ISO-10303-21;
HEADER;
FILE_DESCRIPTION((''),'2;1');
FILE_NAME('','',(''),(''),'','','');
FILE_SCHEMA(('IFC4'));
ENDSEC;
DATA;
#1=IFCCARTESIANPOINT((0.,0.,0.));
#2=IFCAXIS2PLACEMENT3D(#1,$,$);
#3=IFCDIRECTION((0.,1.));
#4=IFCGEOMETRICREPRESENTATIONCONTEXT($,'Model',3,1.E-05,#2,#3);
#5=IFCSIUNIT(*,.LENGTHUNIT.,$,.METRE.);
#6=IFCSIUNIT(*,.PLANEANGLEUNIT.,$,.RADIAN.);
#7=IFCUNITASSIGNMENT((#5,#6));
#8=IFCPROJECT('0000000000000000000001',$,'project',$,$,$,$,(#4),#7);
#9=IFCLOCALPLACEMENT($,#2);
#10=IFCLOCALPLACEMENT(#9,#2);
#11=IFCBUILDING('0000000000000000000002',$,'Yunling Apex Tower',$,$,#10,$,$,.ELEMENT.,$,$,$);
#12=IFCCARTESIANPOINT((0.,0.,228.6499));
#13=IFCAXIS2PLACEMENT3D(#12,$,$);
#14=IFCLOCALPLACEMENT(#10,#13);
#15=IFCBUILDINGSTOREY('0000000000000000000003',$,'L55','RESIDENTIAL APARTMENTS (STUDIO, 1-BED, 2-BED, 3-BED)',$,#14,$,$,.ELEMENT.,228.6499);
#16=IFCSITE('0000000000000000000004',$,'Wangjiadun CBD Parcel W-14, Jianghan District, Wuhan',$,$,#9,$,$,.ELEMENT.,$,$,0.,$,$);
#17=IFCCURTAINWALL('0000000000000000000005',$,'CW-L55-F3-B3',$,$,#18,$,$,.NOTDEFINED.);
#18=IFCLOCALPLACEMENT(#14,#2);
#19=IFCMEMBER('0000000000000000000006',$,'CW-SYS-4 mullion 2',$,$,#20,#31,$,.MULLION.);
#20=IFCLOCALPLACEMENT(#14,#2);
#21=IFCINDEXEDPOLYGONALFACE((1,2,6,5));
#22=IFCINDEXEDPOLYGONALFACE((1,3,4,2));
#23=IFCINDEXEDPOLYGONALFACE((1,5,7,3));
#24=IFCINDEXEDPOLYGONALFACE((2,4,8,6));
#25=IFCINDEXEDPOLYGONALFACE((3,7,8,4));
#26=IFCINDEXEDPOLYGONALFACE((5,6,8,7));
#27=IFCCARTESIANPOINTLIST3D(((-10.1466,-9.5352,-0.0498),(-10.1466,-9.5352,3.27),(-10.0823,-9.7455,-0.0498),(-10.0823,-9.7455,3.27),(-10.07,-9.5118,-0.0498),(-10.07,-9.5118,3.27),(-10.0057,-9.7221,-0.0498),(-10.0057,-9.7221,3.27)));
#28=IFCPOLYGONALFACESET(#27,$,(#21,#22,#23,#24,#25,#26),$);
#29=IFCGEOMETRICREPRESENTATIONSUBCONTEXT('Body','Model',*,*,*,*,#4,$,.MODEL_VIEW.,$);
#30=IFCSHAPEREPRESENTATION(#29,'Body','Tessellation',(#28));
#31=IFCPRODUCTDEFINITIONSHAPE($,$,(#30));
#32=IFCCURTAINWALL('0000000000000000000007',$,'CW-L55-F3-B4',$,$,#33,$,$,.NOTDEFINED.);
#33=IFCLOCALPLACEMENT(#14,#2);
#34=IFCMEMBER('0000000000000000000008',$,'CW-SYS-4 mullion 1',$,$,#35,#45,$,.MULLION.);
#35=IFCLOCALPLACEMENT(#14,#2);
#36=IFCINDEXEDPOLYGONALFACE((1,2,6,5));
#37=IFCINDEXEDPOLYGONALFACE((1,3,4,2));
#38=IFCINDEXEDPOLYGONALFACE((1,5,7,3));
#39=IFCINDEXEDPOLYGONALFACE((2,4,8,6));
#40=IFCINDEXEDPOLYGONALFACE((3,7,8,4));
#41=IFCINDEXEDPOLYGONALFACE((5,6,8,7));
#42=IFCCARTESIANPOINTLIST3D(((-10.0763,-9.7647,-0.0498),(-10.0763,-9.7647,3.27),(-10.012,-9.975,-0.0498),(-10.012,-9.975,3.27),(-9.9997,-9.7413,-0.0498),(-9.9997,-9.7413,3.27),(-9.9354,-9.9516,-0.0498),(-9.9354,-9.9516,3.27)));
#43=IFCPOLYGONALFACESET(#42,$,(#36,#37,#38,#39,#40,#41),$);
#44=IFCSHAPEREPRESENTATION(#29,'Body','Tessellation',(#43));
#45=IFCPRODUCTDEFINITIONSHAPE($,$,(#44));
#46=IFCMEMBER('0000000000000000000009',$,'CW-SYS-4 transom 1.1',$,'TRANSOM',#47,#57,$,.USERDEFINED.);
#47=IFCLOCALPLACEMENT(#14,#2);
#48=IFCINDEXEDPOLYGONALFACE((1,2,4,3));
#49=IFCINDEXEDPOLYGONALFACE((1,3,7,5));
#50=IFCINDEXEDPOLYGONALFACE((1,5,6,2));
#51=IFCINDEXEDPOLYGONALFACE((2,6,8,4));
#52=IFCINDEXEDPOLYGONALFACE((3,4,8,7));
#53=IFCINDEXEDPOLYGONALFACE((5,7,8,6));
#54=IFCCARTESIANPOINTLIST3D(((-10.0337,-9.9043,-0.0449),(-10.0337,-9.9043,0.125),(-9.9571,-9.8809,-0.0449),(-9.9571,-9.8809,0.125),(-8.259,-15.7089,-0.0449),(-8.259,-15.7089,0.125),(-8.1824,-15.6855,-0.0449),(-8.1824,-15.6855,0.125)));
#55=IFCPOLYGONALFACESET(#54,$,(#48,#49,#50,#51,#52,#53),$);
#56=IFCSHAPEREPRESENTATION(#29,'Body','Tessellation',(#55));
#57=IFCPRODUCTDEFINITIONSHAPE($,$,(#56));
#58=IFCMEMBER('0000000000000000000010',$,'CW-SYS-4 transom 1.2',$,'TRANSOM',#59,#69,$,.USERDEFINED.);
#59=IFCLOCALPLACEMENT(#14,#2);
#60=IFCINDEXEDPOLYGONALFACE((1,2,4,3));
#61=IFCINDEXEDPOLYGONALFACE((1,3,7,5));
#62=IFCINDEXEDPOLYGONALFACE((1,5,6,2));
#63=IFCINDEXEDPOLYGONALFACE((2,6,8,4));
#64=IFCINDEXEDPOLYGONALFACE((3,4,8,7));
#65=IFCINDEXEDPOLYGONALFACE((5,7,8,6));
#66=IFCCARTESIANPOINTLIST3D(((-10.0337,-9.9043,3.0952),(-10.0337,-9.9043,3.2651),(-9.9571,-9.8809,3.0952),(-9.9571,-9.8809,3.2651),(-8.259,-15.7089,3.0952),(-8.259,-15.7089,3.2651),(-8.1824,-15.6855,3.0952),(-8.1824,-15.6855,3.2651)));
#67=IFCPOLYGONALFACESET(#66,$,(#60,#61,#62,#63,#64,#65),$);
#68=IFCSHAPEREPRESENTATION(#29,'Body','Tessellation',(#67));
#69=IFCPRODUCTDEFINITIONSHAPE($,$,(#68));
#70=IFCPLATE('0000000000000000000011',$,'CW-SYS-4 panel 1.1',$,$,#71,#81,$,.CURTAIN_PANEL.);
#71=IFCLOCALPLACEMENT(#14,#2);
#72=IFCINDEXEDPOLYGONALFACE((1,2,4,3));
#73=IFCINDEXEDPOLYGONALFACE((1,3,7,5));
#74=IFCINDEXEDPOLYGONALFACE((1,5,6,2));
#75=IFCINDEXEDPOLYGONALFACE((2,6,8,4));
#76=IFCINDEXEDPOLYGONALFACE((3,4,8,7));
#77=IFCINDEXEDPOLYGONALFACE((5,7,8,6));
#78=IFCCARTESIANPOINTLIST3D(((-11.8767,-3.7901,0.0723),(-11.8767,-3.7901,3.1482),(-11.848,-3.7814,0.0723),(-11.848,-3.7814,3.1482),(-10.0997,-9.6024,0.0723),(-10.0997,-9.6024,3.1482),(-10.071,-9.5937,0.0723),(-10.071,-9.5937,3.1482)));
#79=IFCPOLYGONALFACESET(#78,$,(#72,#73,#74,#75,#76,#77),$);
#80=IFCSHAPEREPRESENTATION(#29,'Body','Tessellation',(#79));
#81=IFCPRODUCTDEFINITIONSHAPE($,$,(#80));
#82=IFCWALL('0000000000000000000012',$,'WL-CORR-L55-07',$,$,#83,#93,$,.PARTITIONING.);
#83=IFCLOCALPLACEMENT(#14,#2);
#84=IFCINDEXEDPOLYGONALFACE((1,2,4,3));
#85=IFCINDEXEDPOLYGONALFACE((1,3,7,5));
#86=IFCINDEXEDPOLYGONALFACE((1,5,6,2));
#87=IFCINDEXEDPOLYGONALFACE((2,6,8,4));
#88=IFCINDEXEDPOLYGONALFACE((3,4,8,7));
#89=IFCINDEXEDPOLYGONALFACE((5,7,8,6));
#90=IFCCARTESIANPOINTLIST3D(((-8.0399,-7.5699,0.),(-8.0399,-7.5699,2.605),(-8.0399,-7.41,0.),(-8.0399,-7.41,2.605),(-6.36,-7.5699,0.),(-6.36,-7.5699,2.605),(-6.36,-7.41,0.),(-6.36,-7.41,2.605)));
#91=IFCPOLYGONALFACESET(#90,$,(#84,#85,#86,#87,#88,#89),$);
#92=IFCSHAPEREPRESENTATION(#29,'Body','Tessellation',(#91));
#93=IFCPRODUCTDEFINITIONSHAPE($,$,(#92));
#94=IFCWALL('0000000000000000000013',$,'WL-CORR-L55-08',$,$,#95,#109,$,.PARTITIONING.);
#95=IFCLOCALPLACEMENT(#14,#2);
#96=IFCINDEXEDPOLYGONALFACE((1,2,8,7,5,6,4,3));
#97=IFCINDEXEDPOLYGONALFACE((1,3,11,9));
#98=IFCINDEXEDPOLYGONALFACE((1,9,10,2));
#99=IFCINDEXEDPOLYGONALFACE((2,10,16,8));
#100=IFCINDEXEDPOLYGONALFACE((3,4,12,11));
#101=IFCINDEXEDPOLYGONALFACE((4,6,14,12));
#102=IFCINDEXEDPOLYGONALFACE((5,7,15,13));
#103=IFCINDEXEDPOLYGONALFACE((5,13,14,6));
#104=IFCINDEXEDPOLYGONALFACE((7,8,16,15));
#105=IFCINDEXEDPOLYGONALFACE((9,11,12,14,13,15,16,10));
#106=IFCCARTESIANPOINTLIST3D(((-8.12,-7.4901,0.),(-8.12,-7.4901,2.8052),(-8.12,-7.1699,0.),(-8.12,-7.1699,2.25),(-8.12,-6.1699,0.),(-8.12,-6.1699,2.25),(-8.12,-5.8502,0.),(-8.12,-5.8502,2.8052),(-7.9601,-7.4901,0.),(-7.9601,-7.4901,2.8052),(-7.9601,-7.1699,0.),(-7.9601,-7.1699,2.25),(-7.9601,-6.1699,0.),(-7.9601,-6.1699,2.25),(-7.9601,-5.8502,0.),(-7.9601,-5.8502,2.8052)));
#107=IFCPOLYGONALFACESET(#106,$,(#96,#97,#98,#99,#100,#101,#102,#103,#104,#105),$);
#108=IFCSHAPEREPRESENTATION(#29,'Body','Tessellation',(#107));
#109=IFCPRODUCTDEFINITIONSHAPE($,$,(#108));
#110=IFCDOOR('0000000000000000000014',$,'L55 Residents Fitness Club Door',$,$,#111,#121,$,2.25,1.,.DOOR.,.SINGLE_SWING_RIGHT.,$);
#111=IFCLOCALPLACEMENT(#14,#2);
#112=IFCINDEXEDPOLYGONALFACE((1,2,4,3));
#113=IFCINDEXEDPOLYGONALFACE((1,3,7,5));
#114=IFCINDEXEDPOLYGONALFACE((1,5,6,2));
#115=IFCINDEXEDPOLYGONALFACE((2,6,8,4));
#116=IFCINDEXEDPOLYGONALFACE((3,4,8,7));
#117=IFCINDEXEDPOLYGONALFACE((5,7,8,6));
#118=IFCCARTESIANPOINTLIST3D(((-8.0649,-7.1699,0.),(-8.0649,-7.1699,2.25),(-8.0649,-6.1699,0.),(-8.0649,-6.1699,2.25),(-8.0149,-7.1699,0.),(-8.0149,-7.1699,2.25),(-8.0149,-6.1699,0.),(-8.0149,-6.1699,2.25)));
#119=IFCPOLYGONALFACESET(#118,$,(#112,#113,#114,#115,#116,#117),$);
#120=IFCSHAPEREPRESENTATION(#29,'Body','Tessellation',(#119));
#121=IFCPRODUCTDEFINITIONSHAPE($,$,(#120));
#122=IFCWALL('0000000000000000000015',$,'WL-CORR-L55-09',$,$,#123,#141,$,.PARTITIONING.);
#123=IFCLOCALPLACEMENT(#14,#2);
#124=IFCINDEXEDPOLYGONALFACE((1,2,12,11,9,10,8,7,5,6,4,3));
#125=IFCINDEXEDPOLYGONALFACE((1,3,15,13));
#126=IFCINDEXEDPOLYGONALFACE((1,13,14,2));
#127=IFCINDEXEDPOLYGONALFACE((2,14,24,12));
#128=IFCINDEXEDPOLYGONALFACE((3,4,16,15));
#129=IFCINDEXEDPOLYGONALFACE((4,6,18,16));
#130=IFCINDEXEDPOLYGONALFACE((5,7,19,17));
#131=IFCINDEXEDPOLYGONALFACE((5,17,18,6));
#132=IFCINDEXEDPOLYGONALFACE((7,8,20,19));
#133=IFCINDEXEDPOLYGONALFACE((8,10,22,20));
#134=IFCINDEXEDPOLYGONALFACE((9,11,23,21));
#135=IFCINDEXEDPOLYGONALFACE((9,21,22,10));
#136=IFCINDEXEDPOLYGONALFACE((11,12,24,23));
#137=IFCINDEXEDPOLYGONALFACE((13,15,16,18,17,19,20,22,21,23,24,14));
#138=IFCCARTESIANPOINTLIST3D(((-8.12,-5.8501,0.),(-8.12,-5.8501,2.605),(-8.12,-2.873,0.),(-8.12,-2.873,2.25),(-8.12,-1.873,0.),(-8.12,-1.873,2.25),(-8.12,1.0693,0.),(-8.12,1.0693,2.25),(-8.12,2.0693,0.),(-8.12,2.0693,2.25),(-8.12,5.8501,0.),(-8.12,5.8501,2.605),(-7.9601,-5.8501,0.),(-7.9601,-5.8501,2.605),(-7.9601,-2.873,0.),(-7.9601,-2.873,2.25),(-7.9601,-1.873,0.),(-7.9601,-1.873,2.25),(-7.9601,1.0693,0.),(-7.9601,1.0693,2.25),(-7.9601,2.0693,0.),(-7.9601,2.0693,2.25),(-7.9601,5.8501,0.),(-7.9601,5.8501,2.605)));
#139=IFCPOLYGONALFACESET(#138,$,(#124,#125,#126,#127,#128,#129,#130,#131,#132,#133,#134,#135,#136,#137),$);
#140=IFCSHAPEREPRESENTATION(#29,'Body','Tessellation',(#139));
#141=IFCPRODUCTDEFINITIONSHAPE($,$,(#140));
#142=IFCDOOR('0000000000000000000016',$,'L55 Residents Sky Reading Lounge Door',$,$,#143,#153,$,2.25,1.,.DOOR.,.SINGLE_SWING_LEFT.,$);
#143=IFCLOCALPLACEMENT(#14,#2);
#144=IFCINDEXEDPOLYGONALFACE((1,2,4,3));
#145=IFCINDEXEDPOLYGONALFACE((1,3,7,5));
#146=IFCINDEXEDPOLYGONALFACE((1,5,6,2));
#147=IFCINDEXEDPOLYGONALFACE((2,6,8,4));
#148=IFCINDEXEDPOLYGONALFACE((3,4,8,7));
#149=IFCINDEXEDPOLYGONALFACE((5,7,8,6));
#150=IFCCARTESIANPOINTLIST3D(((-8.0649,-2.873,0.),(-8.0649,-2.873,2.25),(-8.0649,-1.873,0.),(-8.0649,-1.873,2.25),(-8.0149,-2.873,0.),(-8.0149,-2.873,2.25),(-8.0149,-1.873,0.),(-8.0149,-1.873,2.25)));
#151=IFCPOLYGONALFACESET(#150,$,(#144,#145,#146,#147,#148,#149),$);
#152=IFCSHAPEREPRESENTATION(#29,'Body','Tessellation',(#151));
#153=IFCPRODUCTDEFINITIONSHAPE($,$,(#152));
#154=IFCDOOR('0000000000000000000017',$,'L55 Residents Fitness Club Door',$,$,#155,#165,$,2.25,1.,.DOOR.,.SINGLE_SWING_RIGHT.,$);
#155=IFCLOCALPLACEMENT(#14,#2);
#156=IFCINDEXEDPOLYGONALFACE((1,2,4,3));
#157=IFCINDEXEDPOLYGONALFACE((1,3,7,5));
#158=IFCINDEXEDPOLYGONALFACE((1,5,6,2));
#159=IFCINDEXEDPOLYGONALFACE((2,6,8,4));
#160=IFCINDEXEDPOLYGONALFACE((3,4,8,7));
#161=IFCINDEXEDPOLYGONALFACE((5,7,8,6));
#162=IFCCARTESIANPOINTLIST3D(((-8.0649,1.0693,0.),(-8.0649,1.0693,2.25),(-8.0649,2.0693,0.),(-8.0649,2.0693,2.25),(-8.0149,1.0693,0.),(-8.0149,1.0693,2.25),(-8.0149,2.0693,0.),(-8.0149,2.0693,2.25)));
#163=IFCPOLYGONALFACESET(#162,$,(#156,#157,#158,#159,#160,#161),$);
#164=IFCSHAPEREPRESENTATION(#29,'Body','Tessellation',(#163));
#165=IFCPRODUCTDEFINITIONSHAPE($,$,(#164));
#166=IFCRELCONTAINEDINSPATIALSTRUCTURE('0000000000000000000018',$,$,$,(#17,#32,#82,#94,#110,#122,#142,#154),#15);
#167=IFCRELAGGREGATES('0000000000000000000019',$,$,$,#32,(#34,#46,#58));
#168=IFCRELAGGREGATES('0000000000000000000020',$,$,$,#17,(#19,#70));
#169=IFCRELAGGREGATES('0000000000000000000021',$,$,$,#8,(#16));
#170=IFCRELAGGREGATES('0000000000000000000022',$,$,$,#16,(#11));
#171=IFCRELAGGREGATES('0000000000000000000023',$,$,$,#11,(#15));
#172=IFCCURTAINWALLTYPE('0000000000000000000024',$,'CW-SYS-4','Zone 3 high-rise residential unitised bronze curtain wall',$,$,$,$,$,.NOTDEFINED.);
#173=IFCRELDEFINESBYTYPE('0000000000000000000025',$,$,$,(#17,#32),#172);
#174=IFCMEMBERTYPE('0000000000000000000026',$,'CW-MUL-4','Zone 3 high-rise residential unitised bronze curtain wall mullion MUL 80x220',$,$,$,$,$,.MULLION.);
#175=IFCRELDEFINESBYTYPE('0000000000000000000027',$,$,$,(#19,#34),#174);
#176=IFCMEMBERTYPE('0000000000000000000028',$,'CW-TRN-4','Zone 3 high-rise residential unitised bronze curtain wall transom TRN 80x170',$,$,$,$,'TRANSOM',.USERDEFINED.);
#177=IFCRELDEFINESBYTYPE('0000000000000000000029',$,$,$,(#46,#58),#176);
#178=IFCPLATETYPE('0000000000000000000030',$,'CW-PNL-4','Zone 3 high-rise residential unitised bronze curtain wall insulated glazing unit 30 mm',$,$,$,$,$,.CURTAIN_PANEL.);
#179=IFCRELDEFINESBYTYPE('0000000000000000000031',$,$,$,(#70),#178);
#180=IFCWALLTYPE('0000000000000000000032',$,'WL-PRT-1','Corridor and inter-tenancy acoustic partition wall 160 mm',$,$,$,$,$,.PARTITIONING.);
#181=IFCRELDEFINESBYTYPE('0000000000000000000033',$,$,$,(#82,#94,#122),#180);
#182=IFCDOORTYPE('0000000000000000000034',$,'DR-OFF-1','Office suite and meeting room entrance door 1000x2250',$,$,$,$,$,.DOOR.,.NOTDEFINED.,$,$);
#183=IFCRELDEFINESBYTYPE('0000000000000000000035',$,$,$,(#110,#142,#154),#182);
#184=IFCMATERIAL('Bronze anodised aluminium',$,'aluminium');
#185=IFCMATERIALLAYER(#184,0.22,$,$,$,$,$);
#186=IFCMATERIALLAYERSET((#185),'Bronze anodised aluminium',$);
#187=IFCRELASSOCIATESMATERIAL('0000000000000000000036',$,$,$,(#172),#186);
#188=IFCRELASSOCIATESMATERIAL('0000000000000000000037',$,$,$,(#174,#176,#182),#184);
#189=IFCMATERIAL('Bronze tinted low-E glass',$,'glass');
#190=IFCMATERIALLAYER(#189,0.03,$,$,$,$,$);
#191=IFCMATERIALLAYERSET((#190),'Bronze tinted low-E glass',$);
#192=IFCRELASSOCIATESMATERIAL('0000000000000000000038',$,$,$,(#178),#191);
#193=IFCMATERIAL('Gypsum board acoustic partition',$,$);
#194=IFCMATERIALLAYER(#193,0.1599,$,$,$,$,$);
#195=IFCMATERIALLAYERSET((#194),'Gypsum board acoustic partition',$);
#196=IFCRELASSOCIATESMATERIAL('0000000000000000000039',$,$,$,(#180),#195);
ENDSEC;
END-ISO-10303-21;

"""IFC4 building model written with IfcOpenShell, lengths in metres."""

from ifc_helpers import new_model, si_unit, direction, frame, frame_2d, origin, origin_2d, place, context, subcontext, project, spatial, rectangle, extrude, source, transform, mapped, material, layer, layer_set, material_profile, profile_set, type_object, element, fill, aggregate, save


model = new_model("IFC4")

# Units and contexts
model_context = context("Model", 3, precision=1e-05, world=origin(), true_north=direction((0.0, 1.0)))
body_context = subcontext(model_context, "Body", "Model", "MODEL_VIEW")
ifc_project = project(units=[si_unit("LENGTHUNIT", "METRE"), si_unit("PLANEANGLEUNIT", "RADIAN")], contexts=[model_context])

# Site, building, storey
site_placement = place(None, origin())
site = spatial("IfcSite", under=ifc_project, at=site_placement, Name="Wangjiadun CBD Parcel W-14, Jianghan District, Wuhan", CompositionType="ELEMENT", RefElevation=0.0)
building_placement = place(site_placement, origin())
building = spatial("IfcBuilding", under=site, at=building_placement, Name="Yunling Apex Tower", CompositionType="ELEMENT")
storey_placement = place(building_placement, frame((0.0, 0.0, 228.6499)))
storey = spatial("IfcBuildingStorey", under=building, at=storey_placement, Name="L55", Description="RESIDENTIAL APARTMENTS (STUDIO, 1-BED, 2-BED, 3-BED)", CompositionType="ELEMENT", Elevation=228.6499)

# Curtain wall, member
ifc_material_1 = material(Name="Bronze anodised aluminium", Category="aluminium")
ifc_layer_1 = layer(ifc_material_1, 0.22)
ifc_layer_set_1 = layer_set([ifc_layer_1], Name="Bronze anodised aluminium")
curtain_wall_type = type_object("IfcCurtainWallType", Name="CW-SYS-4", Description="Zone 3 high-rise residential unitised bronze curtain wall", PredefinedType="NOTDEFINED", material=ifc_layer_set_1)
curtain_wall_1_placement = place(storey_placement, origin())
curtain_wall_1 = element("IfcCurtainWall", 1, at=curtain_wall_1_placement, inside=storey, type_object=curtain_wall_type, Name="CW-L55-F3-B3", PredefinedType="NOTDEFINED")
ifc_material_profile_1 = material_profile(ifc_material_1, rectangle(XDim=0.0801, YDim=0.22, at=origin_2d()))
ifc_profile_set_1 = profile_set([ifc_material_profile_1], Name="Bronze anodised aluminium")
member_type_1 = type_object("IfcMemberType", Name="CW-MUL-4", Description="Zone 3 high-rise residential unitised bronze curtain wall mullion MUL 80x220", PredefinedType="MULLION", material=ifc_profile_set_1)
shared_shape_1 = source(origin(), body_context, "Body", "SweptSolid", [
    extrude(rectangle(XDim=0.0801, YDim=0.22, at=origin_2d()), origin(), (0.0, 0.0, 1.0), 3.3198),
])
member_1_placement = place(storey_placement, frame((-10.0762, -9.6287, -0.0498), z_axis=(0.0, 0.0, 1.0), x_axis=(0.956305, 0.292372, 0.0)))
member_1 = element("IfcMember", 2, at=member_1_placement, type_object=member_type_1, Name="CW-SYS-4 mullion 2", PredefinedType="MULLION", context=body_context, shape_type="MappedRepresentation", body=[
    mapped(shared_shape_1, transform((0.0, 0.0, 0.0), scale=1.0)),
])

# Curtain wall, members
curtain_wall_2_placement = place(storey_placement, origin())
curtain_wall_2 = element("IfcCurtainWall", 3, at=curtain_wall_2_placement, inside=storey, type_object=curtain_wall_type, Name="CW-L55-F3-B4", PredefinedType="NOTDEFINED")
member_2_placement = place(storey_placement, frame((-10.0059, -9.8582, -0.0498), z_axis=(0.0, 0.0, 1.0), x_axis=(0.956305, 0.292372, 0.0)))
member_2 = element("IfcMember", 4, at=member_2_placement, type_object=member_type_1, Name="CW-SYS-4 mullion 1", PredefinedType="MULLION", context=body_context, shape_type="MappedRepresentation", body=[
    mapped(shared_shape_1, transform((0.0, 0.0, 0.0), scale=1.0)),
])
ifc_material_profile_2 = material_profile(ifc_material_1, rectangle(XDim=0.0801, YDim=0.1699, at=origin_2d()))
ifc_profile_set_2 = profile_set([ifc_material_profile_2], Name="Bronze anodised aluminium")
member_type_2 = type_object("IfcMemberType", Name="CW-TRN-4", Description="Zone 3 high-rise residential unitised bronze curtain wall transom TRN 80x170", ElementType="TRANSOM", PredefinedType="USERDEFINED", material=ifc_profile_set_2)
shared_shape_2 = source(origin(), body_context, "Body", "SweptSolid", [
    extrude(rectangle(XDim=0.0801, YDim=0.1699, at=origin_2d()), origin(), (0.0, 0.0, 1.0), 6.0698),
])
member_3_placement = place(storey_placement, frame((-9.9954, -9.8926, 0.04), z_axis=(0.29237, -0.956305, 0.0), x_axis=(0.956305, 0.29237, 0.0)))
member_3 = element("IfcMember", 5, at=member_3_placement, type_object=member_type_2, Name="CW-SYS-4 transom 1.1", ObjectType="TRANSOM", PredefinedType="USERDEFINED", context=body_context, shape_type="MappedRepresentation", body=[
    mapped(shared_shape_2, transform((0.0, 0.0, 0.0), scale=1.0)),
])
member_4_placement = place(storey_placement, frame((-9.9954, -9.8926, 3.1802), z_axis=(0.29237, -0.956305, 0.0), x_axis=(0.956305, 0.29237, 0.0)))
member_4 = element("IfcMember", 6, at=member_4_placement, type_object=member_type_2, Name="CW-SYS-4 transom 1.2", ObjectType="TRANSOM", PredefinedType="USERDEFINED", context=body_context, shape_type="MappedRepresentation", body=[
    mapped(shared_shape_2, transform((0.0, 0.0, 0.0), scale=1.0)),
])
aggregate(curtain_wall_2, [member_2, member_3, member_4])

# Plate
ifc_material_2 = material(Name="Bronze tinted low-E glass", Category="glass")
ifc_layer_2 = layer(ifc_material_2, 0.03)
ifc_layer_set_2 = layer_set([ifc_layer_2], Name="Bronze tinted low-E glass")
plate_type = type_object("IfcPlateType", Name="CW-PNL-4", Description="Zone 3 high-rise residential unitised bronze curtain wall insulated glazing unit 30 mm", PredefinedType="CURTAIN_PANEL", material=ifc_layer_set_2)
shared_shape_3 = source(origin(), body_context, "Body", "SweptSolid", [
    extrude(rectangle(XDim=6.0779, YDim=0.03, at=origin_2d()), origin(), (0.0, 0.0, 1.0), 3.0759),
])
plate_placement = place(storey_placement, frame((-10.9739, -6.6919, 0.0723), z_axis=(0.0, 0.0, 1.0), x_axis=(0.292372, -0.956305, 0.0)))
plate = element("IfcPlate", 7, at=plate_placement, type_object=plate_type, Name="CW-SYS-4 panel 1.1", PredefinedType="CURTAIN_PANEL", context=body_context, shape_type="MappedRepresentation", body=[
    mapped(shared_shape_3, transform((0.0, 0.0, 0.0), scale=1.0)),
])
aggregate(curtain_wall_1, [member_1, plate])

# Wall
ifc_material_3 = material(Name="Gypsum board acoustic partition")
ifc_layer_3 = layer(ifc_material_3, 0.1599)
ifc_layer_set_3 = layer_set([ifc_layer_3], Name="Gypsum board acoustic partition")
wall_type_1 = type_object("IfcWallType", Name="WL-PRT-1", Description="Corridor and inter-tenancy acoustic partition wall 160 mm", PredefinedType="PARTITIONING", material=ifc_layer_set_3)
wall_1_placement = place(storey_placement, frame((-6.3601, -7.49, 0.0), z_axis=(0.0, 0.0, 1.0), x_axis=(-1.0, 0.0, 0.0)))
element("IfcWall", 8, at=wall_1_placement, inside=storey, type_object=wall_type_1, Name="WL-CORR-L55-07", PredefinedType="PARTITIONING", context=body_context, shape_type="SweptSolid", body=[
    extrude(rectangle(XDim=1.6799, YDim=0.1599, at=frame_2d((0.8398, 0.0))), origin(), (0.0, 0.0, 1.0), 2.605),
])

# Wall, opening, door
wall_2_placement = place(storey_placement, frame((-8.04, -7.49, 0.0), z_axis=(0.0, 0.0, 1.0), x_axis=(0.0, 1.0, 0.0)))
wall_2 = element("IfcWall", 9, at=wall_2_placement, inside=storey, type_object=wall_type_1, Name="WL-CORR-L55-08", PredefinedType="PARTITIONING", context=body_context, shape_type="SweptSolid", body=[
    extrude(rectangle(XDim=1.6399, YDim=0.1599, at=frame_2d((0.8198, 0.0))), origin(), (0.0, 0.0, 1.0), 2.8052),
])
opening_1_placement = place(wall_2_placement, frame((0.3201, 0.0, 0.0)))
opening_1 = element("IfcOpeningElement", 10, at=opening_1_placement, cuts=wall_2, PredefinedType="OPENING", context=body_context, shape_type="SweptSolid", body=[
    extrude(rectangle(XDim=1.0, YDim=2.25, at=frame_2d((0.5, 1.125))), frame((0.0, 0.0898, 0.0), z_axis=(0.0, -1.0, 0.0), x_axis=(1.0, 0.0, 0.0)), (0.0, 0.0, 1.0), 0.1799),
])
door_type = type_object("IfcDoorType", Name="DR-OFF-1", Description="Office suite and meeting room entrance door 1000x2250", OperationType="NOTDEFINED", PredefinedType="DOOR", material=ifc_material_1)
door_1_placement = place(opening_1_placement, origin())
door_1 = element("IfcDoor", 11, at=door_1_placement, inside=storey, type_object=door_type, Name="L55 Residents Fitness Club Door", OperationType="SINGLE_SWING_RIGHT", OverallHeight=2.25, OverallWidth=1.0, PredefinedType="DOOR", context=body_context, shape_type="SweptSolid", body=[
    extrude(rectangle(XDim=1.0, YDim=2.25, at=frame_2d((0.5, 1.125))), frame((0.0, 0.0249, 0.0), z_axis=(0.0, -1.0, 0.0), x_axis=(1.0, 0.0, 0.0)), (0.0, 0.0, 1.0), 0.05),
])
fill(opening_1, door_1)

# Wall, openings, doors
wall_3_placement = place(storey_placement, frame((-8.04, -5.8501, 0.0), z_axis=(0.0, 0.0, 1.0), x_axis=(0.0, 1.0, 0.0)))
wall_3 = element("IfcWall", 12, at=wall_3_placement, inside=storey, type_object=wall_type_1, Name="WL-CORR-L55-09", PredefinedType="PARTITIONING", context=body_context, shape_type="SweptSolid", body=[
    extrude(rectangle(XDim=11.7002, YDim=0.1599, at=frame_2d((5.8501, 0.0))), origin(), (0.0, 0.0, 1.0), 2.605),
])
opening_2_placement = place(wall_3_placement, frame((2.9771, 0.0, 0.0)))
opening_2 = element("IfcOpeningElement", 13, at=opening_2_placement, cuts=wall_3, PredefinedType="OPENING", context=body_context, shape_type="SweptSolid", body=[
    extrude(rectangle(XDim=1.0, YDim=2.25, at=frame_2d((0.5, 1.125))), frame((0.0, 0.0898, 0.0), z_axis=(0.0, -1.0, 0.0), x_axis=(1.0, 0.0, 0.0)), (0.0, 0.0, 1.0), 0.1799),
])
opening_3_placement = place(wall_3_placement, frame((6.9194, 0.0, 0.0)))
opening_3 = element("IfcOpeningElement", 14, at=opening_3_placement, cuts=wall_3, PredefinedType="OPENING", context=body_context, shape_type="SweptSolid", body=[
    extrude(rectangle(XDim=1.0, YDim=2.25, at=frame_2d((0.5, 1.125))), frame((0.0, 0.0898, 0.0), z_axis=(0.0, -1.0, 0.0), x_axis=(1.0, 0.0, 0.0)), (0.0, 0.0, 1.0), 0.1799),
])
door_2_placement = place(opening_2_placement, origin())
door_2 = element("IfcDoor", 15, at=door_2_placement, inside=storey, type_object=door_type, Name="L55 Residents Sky Reading Lounge Door", OperationType="SINGLE_SWING_LEFT", OverallHeight=2.25, OverallWidth=1.0, PredefinedType="DOOR", context=body_context, shape_type="SweptSolid", body=[
    extrude(rectangle(XDim=1.0, YDim=2.25, at=frame_2d((0.5, 1.125))), frame((0.0, 0.0249, 0.0), z_axis=(0.0, -1.0, 0.0), x_axis=(1.0, 0.0, 0.0)), (0.0, 0.0, 1.0), 0.05),
])
fill(opening_2, door_2)
door_3_placement = place(opening_3_placement, origin())
door_3 = element("IfcDoor", 16, at=door_3_placement, inside=storey, type_object=door_type, Name="L55 Residents Fitness Club Door", OperationType="SINGLE_SWING_RIGHT", OverallHeight=2.25, OverallWidth=1.0, PredefinedType="DOOR", context=body_context, shape_type="SweptSolid", body=[
    extrude(rectangle(XDim=1.0, YDim=2.25, at=frame_2d((0.5, 1.125))), frame((0.0, 0.0249, 0.0), z_axis=(0.0, -1.0, 0.0), x_axis=(1.0, 0.0, 0.0)), (0.0, 0.0, 1.0), 0.05),
])
fill(opening_3, door_3)

save(model, "model.ifc")
